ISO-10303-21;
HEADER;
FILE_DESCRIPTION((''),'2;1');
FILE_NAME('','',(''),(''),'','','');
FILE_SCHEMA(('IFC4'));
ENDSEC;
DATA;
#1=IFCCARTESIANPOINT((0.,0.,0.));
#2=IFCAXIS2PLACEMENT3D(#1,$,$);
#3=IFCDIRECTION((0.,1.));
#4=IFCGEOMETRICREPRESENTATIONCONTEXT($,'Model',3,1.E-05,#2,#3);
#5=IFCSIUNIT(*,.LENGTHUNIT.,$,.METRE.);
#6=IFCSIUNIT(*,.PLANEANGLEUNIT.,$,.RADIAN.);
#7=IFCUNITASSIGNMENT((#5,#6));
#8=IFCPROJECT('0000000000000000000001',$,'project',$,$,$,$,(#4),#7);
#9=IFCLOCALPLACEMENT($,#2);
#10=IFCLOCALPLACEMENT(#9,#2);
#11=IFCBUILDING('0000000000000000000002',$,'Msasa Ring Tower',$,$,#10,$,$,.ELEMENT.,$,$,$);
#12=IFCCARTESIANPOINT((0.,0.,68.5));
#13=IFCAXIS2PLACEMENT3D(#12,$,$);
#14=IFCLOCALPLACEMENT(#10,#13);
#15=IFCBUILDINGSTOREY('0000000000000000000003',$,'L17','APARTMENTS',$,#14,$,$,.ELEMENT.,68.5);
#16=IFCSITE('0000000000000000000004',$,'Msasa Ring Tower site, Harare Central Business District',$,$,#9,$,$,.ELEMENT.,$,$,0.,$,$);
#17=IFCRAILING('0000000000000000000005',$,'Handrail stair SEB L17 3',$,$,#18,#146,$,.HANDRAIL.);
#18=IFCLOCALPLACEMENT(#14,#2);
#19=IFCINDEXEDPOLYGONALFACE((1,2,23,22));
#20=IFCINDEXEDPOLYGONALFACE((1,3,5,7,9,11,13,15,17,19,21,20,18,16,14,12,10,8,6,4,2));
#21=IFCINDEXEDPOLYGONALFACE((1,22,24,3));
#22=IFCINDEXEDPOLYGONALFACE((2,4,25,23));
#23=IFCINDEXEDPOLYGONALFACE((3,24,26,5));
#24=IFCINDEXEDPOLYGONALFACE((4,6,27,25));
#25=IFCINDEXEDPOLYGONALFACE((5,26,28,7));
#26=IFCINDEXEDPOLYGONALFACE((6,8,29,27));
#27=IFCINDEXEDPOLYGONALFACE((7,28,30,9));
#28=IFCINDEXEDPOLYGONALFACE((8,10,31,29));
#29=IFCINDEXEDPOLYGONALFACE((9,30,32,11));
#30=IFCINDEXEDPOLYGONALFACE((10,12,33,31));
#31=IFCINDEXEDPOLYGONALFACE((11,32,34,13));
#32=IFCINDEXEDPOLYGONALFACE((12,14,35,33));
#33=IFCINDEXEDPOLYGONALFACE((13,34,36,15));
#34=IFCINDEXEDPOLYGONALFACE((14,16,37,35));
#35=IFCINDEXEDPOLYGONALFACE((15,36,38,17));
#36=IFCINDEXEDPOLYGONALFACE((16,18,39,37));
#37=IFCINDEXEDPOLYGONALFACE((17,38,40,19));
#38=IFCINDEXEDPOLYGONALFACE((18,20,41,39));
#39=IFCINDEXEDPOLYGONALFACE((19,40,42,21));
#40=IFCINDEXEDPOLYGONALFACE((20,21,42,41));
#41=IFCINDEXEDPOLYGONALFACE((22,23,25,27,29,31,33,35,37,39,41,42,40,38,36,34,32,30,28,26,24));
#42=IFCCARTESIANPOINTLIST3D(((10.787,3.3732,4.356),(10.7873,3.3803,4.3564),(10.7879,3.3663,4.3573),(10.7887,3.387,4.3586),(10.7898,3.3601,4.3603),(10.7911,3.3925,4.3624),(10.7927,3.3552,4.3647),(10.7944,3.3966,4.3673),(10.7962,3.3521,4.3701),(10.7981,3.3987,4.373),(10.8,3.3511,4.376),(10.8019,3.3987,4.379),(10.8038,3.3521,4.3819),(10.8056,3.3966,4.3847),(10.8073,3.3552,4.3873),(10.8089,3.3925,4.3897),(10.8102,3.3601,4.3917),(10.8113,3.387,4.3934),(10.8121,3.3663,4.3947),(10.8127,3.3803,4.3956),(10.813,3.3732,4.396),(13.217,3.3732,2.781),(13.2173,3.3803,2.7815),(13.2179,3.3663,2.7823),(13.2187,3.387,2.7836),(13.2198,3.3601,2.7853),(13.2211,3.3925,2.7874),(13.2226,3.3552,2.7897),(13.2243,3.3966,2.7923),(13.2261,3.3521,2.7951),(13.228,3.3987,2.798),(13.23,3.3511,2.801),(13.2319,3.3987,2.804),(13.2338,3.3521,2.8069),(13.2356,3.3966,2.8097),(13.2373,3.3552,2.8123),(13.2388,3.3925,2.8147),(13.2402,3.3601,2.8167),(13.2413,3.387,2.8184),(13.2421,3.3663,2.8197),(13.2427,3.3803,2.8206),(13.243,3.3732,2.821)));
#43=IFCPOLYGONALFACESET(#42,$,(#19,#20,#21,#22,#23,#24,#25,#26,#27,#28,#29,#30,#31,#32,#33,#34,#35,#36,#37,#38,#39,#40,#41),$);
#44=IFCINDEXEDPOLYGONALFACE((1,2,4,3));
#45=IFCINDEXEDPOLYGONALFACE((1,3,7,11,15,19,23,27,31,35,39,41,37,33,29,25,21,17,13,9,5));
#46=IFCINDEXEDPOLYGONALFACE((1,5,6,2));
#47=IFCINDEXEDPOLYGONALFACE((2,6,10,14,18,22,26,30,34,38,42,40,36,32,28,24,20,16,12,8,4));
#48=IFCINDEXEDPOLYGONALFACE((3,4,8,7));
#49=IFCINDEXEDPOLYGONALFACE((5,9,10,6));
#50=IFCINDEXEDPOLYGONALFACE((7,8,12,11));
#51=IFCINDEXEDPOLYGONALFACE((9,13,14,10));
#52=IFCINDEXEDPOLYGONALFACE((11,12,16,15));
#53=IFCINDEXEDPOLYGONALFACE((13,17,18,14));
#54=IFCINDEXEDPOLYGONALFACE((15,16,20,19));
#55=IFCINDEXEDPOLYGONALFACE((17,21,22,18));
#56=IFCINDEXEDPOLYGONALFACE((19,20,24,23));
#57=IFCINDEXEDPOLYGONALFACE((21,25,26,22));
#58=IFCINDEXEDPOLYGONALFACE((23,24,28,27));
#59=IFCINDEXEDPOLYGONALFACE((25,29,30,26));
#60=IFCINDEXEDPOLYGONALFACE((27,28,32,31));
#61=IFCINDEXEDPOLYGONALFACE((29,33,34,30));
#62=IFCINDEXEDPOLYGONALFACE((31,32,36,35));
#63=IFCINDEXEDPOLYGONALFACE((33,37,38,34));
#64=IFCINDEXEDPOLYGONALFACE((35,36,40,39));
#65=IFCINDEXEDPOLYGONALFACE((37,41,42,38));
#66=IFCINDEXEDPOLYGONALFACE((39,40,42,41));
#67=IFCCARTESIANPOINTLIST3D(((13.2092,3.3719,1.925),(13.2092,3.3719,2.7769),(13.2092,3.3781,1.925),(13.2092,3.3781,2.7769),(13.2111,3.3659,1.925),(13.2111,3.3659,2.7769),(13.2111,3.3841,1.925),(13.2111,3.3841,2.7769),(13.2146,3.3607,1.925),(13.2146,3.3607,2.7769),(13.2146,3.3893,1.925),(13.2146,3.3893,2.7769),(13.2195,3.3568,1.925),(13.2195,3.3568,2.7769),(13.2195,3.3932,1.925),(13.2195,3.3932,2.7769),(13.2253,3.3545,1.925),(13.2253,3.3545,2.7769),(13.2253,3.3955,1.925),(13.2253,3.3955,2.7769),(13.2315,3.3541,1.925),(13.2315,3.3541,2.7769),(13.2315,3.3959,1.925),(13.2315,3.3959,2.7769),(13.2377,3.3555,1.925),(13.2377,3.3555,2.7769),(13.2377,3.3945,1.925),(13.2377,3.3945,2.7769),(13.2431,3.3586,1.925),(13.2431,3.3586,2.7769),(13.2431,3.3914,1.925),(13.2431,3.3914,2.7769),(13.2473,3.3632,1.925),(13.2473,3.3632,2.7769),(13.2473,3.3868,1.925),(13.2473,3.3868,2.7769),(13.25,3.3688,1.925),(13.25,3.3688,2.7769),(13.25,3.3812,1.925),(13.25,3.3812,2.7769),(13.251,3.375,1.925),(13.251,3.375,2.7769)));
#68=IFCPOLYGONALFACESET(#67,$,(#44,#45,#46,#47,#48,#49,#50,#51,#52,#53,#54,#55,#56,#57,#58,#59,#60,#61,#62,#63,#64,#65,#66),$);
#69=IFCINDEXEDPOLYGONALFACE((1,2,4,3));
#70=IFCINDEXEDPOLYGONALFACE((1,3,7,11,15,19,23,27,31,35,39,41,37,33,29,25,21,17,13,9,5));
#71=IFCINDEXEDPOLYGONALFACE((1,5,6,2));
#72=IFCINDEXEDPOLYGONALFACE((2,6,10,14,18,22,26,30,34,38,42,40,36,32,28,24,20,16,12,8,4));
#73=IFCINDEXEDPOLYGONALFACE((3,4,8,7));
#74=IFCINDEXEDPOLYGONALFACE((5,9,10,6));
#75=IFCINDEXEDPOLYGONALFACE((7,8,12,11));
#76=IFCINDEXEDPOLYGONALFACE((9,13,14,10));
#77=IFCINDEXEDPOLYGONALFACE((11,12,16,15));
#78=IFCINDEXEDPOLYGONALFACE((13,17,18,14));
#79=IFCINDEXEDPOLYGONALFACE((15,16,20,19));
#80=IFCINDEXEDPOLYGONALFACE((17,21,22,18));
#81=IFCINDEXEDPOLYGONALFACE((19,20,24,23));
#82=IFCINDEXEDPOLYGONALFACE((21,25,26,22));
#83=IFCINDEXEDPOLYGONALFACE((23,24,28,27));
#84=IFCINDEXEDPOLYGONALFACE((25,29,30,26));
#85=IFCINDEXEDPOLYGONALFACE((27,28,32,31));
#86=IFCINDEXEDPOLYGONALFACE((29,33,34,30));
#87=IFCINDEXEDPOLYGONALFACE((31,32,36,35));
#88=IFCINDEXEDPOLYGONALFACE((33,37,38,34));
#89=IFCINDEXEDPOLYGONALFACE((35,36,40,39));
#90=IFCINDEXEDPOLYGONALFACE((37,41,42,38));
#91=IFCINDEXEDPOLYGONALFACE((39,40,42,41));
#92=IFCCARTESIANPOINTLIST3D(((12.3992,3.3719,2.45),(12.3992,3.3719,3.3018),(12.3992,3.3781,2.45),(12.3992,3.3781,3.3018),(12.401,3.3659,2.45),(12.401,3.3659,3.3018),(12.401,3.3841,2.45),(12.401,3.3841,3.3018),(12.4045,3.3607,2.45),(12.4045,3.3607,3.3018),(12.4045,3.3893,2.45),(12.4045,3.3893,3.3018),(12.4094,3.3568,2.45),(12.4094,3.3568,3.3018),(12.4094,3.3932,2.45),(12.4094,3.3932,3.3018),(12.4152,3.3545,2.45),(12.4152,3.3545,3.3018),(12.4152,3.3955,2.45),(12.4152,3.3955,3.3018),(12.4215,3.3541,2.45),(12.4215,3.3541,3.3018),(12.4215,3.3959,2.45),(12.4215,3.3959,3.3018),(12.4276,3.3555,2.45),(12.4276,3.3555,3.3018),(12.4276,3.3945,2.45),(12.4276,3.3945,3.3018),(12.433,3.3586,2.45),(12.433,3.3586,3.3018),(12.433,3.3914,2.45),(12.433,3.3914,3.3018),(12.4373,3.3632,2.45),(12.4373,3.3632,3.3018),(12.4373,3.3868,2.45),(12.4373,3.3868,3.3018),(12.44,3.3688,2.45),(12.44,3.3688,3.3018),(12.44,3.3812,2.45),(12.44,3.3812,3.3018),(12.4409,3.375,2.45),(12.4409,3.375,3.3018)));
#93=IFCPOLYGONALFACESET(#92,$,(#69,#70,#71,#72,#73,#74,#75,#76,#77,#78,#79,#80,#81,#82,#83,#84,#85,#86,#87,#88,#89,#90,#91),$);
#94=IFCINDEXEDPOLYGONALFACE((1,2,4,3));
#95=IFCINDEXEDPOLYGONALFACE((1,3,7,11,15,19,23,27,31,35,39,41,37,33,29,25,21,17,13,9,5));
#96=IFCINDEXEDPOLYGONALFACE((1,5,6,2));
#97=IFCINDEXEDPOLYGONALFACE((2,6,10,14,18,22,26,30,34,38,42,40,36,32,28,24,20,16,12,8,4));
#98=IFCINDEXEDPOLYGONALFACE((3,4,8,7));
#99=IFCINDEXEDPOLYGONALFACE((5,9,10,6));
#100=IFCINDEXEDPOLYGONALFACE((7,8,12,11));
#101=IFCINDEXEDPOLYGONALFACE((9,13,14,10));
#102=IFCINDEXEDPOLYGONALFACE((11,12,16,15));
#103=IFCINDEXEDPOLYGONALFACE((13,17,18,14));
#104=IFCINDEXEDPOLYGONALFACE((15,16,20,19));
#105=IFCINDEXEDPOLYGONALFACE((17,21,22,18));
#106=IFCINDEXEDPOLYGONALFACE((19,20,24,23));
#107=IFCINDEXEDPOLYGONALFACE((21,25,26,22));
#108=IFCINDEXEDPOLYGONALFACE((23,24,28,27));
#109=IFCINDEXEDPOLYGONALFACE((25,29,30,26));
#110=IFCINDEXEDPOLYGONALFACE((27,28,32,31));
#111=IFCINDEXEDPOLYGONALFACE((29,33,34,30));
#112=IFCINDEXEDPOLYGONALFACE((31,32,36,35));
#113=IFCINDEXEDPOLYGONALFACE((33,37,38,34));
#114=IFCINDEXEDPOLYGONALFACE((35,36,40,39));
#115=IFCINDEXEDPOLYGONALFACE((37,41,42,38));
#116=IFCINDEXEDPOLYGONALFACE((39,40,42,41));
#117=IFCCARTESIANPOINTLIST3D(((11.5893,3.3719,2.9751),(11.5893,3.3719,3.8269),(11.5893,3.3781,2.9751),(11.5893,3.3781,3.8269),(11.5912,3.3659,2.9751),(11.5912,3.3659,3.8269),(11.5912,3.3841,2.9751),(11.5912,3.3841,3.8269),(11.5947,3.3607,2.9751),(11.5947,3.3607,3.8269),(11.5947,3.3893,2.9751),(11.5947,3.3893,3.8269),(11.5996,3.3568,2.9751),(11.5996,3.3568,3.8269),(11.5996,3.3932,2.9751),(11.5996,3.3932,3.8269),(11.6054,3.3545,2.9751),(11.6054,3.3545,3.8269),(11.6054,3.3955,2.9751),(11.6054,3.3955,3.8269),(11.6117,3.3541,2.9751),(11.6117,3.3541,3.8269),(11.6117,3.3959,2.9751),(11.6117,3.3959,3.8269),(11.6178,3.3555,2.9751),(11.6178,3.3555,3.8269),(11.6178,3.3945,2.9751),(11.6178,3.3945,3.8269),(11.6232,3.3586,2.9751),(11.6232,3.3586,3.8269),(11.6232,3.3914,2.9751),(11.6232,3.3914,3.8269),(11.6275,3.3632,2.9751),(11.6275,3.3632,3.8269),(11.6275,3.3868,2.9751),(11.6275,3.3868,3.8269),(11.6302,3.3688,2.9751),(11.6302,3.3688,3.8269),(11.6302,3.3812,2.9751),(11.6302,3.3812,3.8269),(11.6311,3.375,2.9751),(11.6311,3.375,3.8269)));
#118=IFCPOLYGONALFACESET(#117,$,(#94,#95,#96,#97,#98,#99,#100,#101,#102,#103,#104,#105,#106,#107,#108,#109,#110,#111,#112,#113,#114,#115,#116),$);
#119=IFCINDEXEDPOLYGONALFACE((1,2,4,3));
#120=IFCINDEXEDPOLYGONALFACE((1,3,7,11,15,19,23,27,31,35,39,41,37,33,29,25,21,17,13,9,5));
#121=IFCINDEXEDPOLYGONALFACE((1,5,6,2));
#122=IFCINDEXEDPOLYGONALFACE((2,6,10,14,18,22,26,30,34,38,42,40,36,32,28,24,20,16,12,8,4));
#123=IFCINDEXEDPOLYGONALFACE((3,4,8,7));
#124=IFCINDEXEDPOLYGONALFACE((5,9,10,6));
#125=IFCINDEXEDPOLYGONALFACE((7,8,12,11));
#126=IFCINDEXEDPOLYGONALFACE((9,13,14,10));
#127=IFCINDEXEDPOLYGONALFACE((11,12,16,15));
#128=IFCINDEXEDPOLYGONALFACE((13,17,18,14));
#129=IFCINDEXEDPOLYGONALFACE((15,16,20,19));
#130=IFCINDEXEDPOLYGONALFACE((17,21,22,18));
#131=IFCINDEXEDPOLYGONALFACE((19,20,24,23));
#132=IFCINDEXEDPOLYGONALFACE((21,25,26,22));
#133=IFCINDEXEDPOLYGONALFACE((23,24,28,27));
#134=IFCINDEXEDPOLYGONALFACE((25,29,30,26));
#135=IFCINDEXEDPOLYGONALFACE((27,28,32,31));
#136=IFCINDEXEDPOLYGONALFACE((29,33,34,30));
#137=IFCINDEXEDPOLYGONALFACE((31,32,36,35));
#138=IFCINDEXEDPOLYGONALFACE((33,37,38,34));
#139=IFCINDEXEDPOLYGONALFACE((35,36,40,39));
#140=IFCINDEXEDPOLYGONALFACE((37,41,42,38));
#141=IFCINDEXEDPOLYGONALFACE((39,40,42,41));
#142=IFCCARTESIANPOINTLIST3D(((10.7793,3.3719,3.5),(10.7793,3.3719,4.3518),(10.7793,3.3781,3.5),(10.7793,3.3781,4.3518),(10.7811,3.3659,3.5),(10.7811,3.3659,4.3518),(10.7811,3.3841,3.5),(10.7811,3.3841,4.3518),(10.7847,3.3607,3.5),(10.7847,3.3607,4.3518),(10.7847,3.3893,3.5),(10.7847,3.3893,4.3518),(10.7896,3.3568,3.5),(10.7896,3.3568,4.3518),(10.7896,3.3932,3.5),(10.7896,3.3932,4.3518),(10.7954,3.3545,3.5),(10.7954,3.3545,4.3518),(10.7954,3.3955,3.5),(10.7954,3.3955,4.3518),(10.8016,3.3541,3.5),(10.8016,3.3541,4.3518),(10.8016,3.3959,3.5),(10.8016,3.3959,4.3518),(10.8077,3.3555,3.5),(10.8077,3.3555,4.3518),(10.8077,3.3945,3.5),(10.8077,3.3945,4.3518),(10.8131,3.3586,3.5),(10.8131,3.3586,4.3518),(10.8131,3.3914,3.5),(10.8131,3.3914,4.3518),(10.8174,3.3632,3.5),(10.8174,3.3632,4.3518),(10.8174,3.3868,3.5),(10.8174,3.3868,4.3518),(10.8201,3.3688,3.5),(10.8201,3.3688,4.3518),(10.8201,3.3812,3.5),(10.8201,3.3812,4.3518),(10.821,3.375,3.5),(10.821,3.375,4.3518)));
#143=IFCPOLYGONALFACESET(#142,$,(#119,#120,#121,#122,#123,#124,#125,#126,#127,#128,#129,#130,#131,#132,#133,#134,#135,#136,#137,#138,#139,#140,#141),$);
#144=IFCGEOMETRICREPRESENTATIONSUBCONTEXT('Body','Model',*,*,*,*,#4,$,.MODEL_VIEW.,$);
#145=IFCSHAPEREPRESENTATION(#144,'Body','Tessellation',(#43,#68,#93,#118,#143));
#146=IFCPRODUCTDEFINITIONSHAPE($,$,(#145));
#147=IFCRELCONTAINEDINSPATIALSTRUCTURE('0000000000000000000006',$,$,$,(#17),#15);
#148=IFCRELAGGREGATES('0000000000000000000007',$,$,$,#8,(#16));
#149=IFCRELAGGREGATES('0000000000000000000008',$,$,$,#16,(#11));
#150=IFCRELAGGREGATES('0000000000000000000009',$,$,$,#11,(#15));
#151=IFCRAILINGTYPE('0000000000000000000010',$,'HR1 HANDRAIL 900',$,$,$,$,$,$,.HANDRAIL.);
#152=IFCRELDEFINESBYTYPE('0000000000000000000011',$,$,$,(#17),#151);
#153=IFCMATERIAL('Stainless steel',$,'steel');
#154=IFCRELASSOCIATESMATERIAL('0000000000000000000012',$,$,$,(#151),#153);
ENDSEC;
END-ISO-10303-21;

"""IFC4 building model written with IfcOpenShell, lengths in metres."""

from ifc_helpers import new_model, si_unit, direction, frame, origin, origin_2d, place, context, subcontext, project, spatial, circle, extrude, material, type_object, element, save


model = new_model("IFC4")

# Units and contexts
model_context = context("Model", 3, precision=1e-05, world=origin(), true_north=direction((0.0, 1.0)))
body_context = subcontext(model_context, "Body", "Model", "MODEL_VIEW")
ifc_project = project(units=[si_unit("LENGTHUNIT", "METRE"), si_unit("PLANEANGLEUNIT", "RADIAN")], contexts=[model_context])

# Site, building, storey
site_placement = place(None, origin())
site = spatial("IfcSite", under=ifc_project, at=site_placement, Name="Msasa Ring Tower site, Harare Central Business District", CompositionType="ELEMENT", RefElevation=0.0)
building_placement = place(site_placement, origin())
building = spatial("IfcBuilding", under=site, at=building_placement, Name="Msasa Ring Tower", CompositionType="ELEMENT")
storey_placement = place(building_placement, frame((0.0, 0.0, 68.5)))
storey = spatial("IfcBuildingStorey", under=building, at=storey_placement, Name="L17", Description="APARTMENTS", CompositionType="ELEMENT", Elevation=68.5)

# Railing
ifc_material_1 = material(Name="Stainless steel", Category="steel")
railing_type = type_object("IfcRailingType", Name="HR1 HANDRAIL 900", PredefinedType="HANDRAIL", material=ifc_material_1)
for number, where, name in (
    (1, (13.23, 3.375, 1.925), "Handrail stair SEB L17 3"),
):
    element("IfcRailing", number, at=place(storey_placement, frame(where)), inside=storey, type_object=railing_type, Name=name, PredefinedType="HANDRAIL", context=body_context, shape_type="SweptSolid", body=[
        extrude(circle(Radius=0.0239, at=origin_2d()), frame((0.0, 0.0, 0.876), z_axis=(-0.839154, 0.0, 0.543894), x_axis=(0.0, -1.0, 0.0)), (0.0, 0.0, 1.0), 2.8958),
        extrude(circle(Radius=0.021, at=origin_2d()), origin(), (0.0, 0.0, 1.0), 0.8518),
        extrude(circle(Radius=0.021, at=origin_2d()), frame((-0.8101, 0.0, 0.5249)), (0.0, 0.0, 1.0), 0.8518),
        extrude(circle(Radius=0.021, at=origin_2d()), frame((-1.6199, 0.0, 1.05)), (0.0, 0.0, 1.0), 0.8518),
        extrude(circle(Radius=0.021, at=origin_2d()), frame((-2.4299, 0.0, 1.575)), (0.0, 0.0, 1.0), 0.8518),
    ])

save(model, "model.ifc")
